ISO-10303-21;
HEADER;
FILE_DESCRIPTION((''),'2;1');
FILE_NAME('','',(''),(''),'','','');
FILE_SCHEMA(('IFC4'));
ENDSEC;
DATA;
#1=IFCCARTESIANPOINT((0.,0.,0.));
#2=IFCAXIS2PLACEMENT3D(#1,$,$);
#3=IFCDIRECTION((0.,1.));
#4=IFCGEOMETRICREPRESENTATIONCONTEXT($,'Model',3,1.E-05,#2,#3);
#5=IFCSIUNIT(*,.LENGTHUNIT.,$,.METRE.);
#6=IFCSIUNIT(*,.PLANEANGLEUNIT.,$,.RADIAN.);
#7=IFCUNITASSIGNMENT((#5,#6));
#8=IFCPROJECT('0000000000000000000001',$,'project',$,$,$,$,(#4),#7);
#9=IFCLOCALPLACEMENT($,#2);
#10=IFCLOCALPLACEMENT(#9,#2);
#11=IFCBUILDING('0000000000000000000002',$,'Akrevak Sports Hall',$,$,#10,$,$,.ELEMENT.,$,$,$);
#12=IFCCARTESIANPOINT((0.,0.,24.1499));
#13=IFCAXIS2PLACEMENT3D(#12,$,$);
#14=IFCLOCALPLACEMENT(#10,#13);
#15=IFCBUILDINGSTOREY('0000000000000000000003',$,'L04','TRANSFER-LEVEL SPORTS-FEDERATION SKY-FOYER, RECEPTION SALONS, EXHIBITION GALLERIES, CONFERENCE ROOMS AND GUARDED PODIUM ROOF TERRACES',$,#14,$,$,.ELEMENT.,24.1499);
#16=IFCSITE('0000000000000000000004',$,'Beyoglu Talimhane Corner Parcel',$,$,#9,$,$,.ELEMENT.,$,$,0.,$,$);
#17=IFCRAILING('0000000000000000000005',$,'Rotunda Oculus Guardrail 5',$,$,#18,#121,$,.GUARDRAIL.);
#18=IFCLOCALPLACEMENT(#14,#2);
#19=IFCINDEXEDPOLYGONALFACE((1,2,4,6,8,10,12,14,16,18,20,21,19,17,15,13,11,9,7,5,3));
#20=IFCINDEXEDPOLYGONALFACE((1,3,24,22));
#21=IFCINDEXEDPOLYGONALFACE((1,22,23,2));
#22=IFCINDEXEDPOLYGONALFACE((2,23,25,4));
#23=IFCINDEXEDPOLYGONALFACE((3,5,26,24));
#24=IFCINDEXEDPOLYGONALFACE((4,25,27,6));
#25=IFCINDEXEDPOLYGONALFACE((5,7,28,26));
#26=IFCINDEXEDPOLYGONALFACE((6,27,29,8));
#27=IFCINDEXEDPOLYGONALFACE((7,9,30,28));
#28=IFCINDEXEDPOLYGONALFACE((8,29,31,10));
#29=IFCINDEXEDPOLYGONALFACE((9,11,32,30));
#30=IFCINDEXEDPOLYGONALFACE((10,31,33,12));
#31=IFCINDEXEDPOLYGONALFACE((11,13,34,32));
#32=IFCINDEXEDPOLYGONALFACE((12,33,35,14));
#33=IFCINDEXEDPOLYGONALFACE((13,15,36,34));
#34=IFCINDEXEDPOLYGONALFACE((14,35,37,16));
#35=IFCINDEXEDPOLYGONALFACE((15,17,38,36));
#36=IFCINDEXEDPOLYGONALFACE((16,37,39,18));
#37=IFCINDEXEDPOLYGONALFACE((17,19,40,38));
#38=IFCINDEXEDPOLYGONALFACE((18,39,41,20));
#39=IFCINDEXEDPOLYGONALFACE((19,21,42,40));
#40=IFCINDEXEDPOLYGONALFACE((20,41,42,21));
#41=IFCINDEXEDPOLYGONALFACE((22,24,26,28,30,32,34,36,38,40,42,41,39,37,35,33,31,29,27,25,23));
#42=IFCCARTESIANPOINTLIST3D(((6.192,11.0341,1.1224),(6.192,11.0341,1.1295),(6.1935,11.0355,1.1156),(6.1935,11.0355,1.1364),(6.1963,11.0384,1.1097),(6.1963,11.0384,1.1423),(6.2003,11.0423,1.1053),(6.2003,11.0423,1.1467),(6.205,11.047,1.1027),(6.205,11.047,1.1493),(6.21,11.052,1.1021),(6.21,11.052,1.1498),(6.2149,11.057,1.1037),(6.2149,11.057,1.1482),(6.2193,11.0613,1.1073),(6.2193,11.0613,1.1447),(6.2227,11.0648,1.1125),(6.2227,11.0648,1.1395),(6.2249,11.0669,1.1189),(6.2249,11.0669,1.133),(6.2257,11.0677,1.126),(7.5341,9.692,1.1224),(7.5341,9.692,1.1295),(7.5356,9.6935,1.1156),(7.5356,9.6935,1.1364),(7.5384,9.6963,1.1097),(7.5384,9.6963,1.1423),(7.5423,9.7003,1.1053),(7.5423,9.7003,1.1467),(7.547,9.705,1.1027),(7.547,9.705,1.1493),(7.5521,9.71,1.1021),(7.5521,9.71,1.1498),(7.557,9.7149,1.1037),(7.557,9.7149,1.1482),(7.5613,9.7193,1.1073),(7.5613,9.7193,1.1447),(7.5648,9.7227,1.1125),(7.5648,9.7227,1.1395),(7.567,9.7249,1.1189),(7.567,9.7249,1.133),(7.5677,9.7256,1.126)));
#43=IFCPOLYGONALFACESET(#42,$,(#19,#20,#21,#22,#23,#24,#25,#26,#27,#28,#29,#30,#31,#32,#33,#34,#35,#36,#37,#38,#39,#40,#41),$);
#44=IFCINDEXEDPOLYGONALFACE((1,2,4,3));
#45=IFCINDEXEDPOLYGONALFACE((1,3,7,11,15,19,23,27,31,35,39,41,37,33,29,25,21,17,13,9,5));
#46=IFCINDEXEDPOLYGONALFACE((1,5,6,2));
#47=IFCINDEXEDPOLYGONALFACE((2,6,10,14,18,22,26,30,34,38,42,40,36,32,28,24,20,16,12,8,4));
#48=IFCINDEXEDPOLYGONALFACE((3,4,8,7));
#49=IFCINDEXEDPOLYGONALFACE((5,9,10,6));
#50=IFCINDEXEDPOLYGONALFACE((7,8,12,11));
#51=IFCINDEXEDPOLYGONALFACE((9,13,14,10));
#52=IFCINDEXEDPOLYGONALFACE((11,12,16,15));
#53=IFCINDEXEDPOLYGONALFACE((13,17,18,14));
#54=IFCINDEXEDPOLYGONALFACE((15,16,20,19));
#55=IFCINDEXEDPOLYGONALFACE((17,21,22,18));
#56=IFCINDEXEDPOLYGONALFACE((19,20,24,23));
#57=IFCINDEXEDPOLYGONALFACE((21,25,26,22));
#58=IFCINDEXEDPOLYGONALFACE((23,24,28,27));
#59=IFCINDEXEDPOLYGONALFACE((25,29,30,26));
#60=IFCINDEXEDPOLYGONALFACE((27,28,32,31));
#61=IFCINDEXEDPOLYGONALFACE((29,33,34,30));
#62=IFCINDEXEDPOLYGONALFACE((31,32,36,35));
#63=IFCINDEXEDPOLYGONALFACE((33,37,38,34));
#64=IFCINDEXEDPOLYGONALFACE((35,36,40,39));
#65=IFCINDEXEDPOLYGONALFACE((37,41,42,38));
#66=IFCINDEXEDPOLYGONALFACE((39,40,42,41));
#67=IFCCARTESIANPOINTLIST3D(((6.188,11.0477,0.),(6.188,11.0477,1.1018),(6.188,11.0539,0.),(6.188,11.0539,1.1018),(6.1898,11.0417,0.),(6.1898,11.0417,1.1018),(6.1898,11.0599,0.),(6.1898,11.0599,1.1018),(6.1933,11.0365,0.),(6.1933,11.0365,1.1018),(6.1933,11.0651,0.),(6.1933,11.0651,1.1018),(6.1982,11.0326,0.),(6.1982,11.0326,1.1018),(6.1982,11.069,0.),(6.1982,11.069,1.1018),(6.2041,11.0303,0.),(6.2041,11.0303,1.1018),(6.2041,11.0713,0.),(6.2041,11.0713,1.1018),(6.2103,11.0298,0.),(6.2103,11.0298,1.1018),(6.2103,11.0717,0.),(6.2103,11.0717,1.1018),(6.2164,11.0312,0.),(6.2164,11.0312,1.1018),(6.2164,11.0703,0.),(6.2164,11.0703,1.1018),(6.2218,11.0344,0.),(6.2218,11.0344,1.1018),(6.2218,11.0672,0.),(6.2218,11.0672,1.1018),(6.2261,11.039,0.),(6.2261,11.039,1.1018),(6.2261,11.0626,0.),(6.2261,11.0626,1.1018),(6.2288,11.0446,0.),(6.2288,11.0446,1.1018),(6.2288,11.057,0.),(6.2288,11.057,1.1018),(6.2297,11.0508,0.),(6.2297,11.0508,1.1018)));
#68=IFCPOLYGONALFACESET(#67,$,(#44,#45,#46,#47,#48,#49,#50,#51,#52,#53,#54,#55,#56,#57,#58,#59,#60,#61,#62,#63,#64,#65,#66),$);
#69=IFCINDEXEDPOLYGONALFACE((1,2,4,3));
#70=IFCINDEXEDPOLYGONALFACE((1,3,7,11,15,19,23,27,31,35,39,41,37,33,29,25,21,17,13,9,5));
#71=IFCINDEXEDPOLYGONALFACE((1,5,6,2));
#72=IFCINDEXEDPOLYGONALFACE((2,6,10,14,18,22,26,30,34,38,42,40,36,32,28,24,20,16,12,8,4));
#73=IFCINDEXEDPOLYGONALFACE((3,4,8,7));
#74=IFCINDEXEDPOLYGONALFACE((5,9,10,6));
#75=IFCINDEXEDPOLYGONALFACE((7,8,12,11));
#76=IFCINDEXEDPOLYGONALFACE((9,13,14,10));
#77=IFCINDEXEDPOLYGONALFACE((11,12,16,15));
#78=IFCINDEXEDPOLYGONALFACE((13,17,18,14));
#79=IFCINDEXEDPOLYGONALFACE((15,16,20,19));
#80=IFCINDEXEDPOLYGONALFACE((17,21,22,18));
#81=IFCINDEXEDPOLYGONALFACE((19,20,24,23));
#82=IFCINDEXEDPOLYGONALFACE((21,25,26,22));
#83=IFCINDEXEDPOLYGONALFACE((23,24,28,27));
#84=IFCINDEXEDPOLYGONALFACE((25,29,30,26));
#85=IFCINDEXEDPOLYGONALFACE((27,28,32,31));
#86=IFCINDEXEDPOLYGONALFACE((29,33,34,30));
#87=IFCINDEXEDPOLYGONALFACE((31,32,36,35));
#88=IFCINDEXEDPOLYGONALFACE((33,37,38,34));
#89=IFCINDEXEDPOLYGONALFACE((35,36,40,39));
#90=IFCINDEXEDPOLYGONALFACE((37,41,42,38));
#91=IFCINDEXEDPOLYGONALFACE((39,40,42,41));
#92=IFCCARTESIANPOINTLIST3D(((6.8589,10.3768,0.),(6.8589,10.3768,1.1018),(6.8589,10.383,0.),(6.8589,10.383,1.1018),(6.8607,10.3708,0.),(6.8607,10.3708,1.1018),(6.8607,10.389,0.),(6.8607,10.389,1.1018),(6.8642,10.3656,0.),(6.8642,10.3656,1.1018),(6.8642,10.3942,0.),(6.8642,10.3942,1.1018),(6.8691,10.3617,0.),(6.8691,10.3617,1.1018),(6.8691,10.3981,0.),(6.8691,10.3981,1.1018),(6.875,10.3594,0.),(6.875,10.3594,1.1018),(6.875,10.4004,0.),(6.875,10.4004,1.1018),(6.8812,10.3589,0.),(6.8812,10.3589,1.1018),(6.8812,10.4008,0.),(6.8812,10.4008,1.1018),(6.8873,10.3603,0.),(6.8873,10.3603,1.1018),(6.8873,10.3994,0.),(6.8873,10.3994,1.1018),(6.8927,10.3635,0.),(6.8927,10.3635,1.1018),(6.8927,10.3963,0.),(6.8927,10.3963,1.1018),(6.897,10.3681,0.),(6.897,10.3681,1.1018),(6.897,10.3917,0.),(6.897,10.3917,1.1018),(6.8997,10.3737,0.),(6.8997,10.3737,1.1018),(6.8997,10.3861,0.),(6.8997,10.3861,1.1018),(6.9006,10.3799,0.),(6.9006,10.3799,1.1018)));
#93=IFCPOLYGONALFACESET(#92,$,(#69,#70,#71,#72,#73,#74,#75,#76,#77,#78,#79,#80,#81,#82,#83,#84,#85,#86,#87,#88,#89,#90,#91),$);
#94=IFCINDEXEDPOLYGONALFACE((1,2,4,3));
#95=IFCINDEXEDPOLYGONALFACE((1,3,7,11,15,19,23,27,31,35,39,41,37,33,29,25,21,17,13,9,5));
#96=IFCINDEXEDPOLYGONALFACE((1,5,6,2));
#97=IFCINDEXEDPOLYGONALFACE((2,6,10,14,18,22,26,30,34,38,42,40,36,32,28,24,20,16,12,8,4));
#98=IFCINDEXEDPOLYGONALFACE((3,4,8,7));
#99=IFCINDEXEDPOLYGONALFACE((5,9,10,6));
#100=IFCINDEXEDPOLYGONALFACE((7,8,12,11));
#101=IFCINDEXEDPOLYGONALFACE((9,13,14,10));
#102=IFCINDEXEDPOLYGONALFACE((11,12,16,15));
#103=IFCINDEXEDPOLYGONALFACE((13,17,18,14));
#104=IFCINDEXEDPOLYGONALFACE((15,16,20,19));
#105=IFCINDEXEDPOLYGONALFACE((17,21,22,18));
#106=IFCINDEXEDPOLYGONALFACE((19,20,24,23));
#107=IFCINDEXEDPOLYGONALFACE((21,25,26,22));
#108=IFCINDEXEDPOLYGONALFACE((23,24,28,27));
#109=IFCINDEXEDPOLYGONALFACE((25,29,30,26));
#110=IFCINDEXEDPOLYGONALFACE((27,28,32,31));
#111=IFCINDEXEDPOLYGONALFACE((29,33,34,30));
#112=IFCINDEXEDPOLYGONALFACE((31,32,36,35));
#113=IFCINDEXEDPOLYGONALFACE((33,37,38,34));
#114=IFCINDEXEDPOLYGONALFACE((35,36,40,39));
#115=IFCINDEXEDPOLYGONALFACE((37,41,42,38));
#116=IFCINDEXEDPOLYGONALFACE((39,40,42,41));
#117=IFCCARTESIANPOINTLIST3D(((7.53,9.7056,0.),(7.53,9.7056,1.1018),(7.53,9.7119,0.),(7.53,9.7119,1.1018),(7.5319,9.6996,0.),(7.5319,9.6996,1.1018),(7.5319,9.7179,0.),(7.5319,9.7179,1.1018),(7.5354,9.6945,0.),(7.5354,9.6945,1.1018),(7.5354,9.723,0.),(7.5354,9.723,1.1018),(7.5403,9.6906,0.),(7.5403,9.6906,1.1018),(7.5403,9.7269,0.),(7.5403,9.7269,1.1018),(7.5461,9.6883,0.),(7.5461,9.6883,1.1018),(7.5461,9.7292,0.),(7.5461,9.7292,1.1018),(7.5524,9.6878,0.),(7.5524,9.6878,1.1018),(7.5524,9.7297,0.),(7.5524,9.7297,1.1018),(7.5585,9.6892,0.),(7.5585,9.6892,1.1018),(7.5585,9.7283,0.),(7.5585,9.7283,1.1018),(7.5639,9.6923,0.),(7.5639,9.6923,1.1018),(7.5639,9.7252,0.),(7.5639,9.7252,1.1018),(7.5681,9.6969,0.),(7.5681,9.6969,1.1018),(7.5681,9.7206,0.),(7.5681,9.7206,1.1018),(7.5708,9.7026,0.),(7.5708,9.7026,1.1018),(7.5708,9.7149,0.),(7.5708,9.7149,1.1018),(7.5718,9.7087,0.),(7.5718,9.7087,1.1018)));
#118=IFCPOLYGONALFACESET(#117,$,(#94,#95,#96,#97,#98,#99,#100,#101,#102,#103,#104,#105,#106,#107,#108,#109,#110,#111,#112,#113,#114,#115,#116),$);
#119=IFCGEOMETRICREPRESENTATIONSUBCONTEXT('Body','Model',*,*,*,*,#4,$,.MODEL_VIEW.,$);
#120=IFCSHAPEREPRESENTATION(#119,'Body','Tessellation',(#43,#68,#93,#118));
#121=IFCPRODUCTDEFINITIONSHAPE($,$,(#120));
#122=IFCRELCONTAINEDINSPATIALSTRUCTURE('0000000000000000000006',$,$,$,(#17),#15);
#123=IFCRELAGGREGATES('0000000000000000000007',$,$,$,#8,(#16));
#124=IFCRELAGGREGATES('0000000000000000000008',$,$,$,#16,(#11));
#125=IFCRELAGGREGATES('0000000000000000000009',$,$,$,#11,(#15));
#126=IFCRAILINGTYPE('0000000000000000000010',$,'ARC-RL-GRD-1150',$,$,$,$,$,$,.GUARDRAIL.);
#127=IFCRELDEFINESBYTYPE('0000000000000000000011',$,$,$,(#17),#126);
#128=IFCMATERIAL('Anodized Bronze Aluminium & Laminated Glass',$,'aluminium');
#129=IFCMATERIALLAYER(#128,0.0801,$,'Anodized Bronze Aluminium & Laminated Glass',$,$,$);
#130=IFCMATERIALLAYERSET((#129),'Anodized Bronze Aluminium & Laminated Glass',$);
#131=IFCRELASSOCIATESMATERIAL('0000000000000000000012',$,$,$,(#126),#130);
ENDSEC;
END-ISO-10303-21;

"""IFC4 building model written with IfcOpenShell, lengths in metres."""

from ifc_helpers import new_model, si_unit, direction, frame, origin, origin_2d, place, context, subcontext, project, spatial, circle, extrude, material, layer, layer_set, type_object, element, save


model = new_model("IFC4")

# Units and contexts
model_context = context("Model", 3, precision=1e-05, world=origin(), true_north=direction((0.0, 1.0)))
body_context = subcontext(model_context, "Body", "Model", "MODEL_VIEW")
ifc_project = project(units=[si_unit("LENGTHUNIT", "METRE"), si_unit("PLANEANGLEUNIT", "RADIAN")], contexts=[model_context])

# Site, building, storey
site_placement = place(None, origin())
site = spatial("IfcSite", under=ifc_project, at=site_placement, Name="Beyoglu Talimhane Corner Parcel", CompositionType="ELEMENT", RefElevation=0.0)
building_placement = place(site_placement, origin())
building = spatial("IfcBuilding", under=site, at=building_placement, Name="Akrevak Sports Hall", CompositionType="ELEMENT")
storey_placement = place(building_placement, frame((0.0, 0.0, 24.1499)))
storey = spatial("IfcBuildingStorey", under=building, at=storey_placement, Name="L04", Description="TRANSFER-LEVEL SPORTS-FEDERATION SKY-FOYER, RECEPTION SALONS, EXHIBITION GALLERIES, CONFERENCE ROOMS AND GUARDED PODIUM ROOF TERRACES", CompositionType="ELEMENT", Elevation=24.1499)

# Railing
ifc_material_1 = material(Name="Anodized Bronze Aluminium & Laminated Glass", Category="aluminium")
ifc_layer_1 = layer(ifc_material_1, 0.0801, Name="Anodized Bronze Aluminium & Laminated Glass")
ifc_layer_set_1 = layer_set([ifc_layer_1], Name="Anodized Bronze Aluminium & Laminated Glass")
railing_type = type_object("IfcRailingType", Name="ARC-RL-GRD-1150", PredefinedType="GUARDRAIL", material=ifc_layer_set_1)
railing_1_placement = place(storey_placement, frame((6.2087, 11.0508, 0.0)))
element("IfcRailing", 1, at=railing_1_placement, inside=storey, type_object=railing_type, Name="Rotunda Oculus Guardrail 5", PredefinedType="GUARDRAIL", context=body_context, shape_type="SweptSolid", body=[
    extrude(circle(Radius=0.0239, at=origin_2d()), frame((0.0, 0.0, 1.126), z_axis=(0.707107, -0.707107, 0.0), x_axis=(0.707107, 0.707107, 0.0)), (0.0, 0.0, 1.0), 1.8979),
    extrude(circle(Radius=0.021, at=origin_2d()), origin(), (0.0, 0.0, 1.0), 1.1018),
    extrude(circle(Radius=0.021, at=origin_2d()), frame((0.6709, -0.6709, 0.0)), (0.0, 0.0, 1.0), 1.1018),
    extrude(circle(Radius=0.021, at=origin_2d()), frame((1.342, -1.342, 0.0)), (0.0, 0.0, 1.0), 1.1018),
])

save(model, "model.ifc")
